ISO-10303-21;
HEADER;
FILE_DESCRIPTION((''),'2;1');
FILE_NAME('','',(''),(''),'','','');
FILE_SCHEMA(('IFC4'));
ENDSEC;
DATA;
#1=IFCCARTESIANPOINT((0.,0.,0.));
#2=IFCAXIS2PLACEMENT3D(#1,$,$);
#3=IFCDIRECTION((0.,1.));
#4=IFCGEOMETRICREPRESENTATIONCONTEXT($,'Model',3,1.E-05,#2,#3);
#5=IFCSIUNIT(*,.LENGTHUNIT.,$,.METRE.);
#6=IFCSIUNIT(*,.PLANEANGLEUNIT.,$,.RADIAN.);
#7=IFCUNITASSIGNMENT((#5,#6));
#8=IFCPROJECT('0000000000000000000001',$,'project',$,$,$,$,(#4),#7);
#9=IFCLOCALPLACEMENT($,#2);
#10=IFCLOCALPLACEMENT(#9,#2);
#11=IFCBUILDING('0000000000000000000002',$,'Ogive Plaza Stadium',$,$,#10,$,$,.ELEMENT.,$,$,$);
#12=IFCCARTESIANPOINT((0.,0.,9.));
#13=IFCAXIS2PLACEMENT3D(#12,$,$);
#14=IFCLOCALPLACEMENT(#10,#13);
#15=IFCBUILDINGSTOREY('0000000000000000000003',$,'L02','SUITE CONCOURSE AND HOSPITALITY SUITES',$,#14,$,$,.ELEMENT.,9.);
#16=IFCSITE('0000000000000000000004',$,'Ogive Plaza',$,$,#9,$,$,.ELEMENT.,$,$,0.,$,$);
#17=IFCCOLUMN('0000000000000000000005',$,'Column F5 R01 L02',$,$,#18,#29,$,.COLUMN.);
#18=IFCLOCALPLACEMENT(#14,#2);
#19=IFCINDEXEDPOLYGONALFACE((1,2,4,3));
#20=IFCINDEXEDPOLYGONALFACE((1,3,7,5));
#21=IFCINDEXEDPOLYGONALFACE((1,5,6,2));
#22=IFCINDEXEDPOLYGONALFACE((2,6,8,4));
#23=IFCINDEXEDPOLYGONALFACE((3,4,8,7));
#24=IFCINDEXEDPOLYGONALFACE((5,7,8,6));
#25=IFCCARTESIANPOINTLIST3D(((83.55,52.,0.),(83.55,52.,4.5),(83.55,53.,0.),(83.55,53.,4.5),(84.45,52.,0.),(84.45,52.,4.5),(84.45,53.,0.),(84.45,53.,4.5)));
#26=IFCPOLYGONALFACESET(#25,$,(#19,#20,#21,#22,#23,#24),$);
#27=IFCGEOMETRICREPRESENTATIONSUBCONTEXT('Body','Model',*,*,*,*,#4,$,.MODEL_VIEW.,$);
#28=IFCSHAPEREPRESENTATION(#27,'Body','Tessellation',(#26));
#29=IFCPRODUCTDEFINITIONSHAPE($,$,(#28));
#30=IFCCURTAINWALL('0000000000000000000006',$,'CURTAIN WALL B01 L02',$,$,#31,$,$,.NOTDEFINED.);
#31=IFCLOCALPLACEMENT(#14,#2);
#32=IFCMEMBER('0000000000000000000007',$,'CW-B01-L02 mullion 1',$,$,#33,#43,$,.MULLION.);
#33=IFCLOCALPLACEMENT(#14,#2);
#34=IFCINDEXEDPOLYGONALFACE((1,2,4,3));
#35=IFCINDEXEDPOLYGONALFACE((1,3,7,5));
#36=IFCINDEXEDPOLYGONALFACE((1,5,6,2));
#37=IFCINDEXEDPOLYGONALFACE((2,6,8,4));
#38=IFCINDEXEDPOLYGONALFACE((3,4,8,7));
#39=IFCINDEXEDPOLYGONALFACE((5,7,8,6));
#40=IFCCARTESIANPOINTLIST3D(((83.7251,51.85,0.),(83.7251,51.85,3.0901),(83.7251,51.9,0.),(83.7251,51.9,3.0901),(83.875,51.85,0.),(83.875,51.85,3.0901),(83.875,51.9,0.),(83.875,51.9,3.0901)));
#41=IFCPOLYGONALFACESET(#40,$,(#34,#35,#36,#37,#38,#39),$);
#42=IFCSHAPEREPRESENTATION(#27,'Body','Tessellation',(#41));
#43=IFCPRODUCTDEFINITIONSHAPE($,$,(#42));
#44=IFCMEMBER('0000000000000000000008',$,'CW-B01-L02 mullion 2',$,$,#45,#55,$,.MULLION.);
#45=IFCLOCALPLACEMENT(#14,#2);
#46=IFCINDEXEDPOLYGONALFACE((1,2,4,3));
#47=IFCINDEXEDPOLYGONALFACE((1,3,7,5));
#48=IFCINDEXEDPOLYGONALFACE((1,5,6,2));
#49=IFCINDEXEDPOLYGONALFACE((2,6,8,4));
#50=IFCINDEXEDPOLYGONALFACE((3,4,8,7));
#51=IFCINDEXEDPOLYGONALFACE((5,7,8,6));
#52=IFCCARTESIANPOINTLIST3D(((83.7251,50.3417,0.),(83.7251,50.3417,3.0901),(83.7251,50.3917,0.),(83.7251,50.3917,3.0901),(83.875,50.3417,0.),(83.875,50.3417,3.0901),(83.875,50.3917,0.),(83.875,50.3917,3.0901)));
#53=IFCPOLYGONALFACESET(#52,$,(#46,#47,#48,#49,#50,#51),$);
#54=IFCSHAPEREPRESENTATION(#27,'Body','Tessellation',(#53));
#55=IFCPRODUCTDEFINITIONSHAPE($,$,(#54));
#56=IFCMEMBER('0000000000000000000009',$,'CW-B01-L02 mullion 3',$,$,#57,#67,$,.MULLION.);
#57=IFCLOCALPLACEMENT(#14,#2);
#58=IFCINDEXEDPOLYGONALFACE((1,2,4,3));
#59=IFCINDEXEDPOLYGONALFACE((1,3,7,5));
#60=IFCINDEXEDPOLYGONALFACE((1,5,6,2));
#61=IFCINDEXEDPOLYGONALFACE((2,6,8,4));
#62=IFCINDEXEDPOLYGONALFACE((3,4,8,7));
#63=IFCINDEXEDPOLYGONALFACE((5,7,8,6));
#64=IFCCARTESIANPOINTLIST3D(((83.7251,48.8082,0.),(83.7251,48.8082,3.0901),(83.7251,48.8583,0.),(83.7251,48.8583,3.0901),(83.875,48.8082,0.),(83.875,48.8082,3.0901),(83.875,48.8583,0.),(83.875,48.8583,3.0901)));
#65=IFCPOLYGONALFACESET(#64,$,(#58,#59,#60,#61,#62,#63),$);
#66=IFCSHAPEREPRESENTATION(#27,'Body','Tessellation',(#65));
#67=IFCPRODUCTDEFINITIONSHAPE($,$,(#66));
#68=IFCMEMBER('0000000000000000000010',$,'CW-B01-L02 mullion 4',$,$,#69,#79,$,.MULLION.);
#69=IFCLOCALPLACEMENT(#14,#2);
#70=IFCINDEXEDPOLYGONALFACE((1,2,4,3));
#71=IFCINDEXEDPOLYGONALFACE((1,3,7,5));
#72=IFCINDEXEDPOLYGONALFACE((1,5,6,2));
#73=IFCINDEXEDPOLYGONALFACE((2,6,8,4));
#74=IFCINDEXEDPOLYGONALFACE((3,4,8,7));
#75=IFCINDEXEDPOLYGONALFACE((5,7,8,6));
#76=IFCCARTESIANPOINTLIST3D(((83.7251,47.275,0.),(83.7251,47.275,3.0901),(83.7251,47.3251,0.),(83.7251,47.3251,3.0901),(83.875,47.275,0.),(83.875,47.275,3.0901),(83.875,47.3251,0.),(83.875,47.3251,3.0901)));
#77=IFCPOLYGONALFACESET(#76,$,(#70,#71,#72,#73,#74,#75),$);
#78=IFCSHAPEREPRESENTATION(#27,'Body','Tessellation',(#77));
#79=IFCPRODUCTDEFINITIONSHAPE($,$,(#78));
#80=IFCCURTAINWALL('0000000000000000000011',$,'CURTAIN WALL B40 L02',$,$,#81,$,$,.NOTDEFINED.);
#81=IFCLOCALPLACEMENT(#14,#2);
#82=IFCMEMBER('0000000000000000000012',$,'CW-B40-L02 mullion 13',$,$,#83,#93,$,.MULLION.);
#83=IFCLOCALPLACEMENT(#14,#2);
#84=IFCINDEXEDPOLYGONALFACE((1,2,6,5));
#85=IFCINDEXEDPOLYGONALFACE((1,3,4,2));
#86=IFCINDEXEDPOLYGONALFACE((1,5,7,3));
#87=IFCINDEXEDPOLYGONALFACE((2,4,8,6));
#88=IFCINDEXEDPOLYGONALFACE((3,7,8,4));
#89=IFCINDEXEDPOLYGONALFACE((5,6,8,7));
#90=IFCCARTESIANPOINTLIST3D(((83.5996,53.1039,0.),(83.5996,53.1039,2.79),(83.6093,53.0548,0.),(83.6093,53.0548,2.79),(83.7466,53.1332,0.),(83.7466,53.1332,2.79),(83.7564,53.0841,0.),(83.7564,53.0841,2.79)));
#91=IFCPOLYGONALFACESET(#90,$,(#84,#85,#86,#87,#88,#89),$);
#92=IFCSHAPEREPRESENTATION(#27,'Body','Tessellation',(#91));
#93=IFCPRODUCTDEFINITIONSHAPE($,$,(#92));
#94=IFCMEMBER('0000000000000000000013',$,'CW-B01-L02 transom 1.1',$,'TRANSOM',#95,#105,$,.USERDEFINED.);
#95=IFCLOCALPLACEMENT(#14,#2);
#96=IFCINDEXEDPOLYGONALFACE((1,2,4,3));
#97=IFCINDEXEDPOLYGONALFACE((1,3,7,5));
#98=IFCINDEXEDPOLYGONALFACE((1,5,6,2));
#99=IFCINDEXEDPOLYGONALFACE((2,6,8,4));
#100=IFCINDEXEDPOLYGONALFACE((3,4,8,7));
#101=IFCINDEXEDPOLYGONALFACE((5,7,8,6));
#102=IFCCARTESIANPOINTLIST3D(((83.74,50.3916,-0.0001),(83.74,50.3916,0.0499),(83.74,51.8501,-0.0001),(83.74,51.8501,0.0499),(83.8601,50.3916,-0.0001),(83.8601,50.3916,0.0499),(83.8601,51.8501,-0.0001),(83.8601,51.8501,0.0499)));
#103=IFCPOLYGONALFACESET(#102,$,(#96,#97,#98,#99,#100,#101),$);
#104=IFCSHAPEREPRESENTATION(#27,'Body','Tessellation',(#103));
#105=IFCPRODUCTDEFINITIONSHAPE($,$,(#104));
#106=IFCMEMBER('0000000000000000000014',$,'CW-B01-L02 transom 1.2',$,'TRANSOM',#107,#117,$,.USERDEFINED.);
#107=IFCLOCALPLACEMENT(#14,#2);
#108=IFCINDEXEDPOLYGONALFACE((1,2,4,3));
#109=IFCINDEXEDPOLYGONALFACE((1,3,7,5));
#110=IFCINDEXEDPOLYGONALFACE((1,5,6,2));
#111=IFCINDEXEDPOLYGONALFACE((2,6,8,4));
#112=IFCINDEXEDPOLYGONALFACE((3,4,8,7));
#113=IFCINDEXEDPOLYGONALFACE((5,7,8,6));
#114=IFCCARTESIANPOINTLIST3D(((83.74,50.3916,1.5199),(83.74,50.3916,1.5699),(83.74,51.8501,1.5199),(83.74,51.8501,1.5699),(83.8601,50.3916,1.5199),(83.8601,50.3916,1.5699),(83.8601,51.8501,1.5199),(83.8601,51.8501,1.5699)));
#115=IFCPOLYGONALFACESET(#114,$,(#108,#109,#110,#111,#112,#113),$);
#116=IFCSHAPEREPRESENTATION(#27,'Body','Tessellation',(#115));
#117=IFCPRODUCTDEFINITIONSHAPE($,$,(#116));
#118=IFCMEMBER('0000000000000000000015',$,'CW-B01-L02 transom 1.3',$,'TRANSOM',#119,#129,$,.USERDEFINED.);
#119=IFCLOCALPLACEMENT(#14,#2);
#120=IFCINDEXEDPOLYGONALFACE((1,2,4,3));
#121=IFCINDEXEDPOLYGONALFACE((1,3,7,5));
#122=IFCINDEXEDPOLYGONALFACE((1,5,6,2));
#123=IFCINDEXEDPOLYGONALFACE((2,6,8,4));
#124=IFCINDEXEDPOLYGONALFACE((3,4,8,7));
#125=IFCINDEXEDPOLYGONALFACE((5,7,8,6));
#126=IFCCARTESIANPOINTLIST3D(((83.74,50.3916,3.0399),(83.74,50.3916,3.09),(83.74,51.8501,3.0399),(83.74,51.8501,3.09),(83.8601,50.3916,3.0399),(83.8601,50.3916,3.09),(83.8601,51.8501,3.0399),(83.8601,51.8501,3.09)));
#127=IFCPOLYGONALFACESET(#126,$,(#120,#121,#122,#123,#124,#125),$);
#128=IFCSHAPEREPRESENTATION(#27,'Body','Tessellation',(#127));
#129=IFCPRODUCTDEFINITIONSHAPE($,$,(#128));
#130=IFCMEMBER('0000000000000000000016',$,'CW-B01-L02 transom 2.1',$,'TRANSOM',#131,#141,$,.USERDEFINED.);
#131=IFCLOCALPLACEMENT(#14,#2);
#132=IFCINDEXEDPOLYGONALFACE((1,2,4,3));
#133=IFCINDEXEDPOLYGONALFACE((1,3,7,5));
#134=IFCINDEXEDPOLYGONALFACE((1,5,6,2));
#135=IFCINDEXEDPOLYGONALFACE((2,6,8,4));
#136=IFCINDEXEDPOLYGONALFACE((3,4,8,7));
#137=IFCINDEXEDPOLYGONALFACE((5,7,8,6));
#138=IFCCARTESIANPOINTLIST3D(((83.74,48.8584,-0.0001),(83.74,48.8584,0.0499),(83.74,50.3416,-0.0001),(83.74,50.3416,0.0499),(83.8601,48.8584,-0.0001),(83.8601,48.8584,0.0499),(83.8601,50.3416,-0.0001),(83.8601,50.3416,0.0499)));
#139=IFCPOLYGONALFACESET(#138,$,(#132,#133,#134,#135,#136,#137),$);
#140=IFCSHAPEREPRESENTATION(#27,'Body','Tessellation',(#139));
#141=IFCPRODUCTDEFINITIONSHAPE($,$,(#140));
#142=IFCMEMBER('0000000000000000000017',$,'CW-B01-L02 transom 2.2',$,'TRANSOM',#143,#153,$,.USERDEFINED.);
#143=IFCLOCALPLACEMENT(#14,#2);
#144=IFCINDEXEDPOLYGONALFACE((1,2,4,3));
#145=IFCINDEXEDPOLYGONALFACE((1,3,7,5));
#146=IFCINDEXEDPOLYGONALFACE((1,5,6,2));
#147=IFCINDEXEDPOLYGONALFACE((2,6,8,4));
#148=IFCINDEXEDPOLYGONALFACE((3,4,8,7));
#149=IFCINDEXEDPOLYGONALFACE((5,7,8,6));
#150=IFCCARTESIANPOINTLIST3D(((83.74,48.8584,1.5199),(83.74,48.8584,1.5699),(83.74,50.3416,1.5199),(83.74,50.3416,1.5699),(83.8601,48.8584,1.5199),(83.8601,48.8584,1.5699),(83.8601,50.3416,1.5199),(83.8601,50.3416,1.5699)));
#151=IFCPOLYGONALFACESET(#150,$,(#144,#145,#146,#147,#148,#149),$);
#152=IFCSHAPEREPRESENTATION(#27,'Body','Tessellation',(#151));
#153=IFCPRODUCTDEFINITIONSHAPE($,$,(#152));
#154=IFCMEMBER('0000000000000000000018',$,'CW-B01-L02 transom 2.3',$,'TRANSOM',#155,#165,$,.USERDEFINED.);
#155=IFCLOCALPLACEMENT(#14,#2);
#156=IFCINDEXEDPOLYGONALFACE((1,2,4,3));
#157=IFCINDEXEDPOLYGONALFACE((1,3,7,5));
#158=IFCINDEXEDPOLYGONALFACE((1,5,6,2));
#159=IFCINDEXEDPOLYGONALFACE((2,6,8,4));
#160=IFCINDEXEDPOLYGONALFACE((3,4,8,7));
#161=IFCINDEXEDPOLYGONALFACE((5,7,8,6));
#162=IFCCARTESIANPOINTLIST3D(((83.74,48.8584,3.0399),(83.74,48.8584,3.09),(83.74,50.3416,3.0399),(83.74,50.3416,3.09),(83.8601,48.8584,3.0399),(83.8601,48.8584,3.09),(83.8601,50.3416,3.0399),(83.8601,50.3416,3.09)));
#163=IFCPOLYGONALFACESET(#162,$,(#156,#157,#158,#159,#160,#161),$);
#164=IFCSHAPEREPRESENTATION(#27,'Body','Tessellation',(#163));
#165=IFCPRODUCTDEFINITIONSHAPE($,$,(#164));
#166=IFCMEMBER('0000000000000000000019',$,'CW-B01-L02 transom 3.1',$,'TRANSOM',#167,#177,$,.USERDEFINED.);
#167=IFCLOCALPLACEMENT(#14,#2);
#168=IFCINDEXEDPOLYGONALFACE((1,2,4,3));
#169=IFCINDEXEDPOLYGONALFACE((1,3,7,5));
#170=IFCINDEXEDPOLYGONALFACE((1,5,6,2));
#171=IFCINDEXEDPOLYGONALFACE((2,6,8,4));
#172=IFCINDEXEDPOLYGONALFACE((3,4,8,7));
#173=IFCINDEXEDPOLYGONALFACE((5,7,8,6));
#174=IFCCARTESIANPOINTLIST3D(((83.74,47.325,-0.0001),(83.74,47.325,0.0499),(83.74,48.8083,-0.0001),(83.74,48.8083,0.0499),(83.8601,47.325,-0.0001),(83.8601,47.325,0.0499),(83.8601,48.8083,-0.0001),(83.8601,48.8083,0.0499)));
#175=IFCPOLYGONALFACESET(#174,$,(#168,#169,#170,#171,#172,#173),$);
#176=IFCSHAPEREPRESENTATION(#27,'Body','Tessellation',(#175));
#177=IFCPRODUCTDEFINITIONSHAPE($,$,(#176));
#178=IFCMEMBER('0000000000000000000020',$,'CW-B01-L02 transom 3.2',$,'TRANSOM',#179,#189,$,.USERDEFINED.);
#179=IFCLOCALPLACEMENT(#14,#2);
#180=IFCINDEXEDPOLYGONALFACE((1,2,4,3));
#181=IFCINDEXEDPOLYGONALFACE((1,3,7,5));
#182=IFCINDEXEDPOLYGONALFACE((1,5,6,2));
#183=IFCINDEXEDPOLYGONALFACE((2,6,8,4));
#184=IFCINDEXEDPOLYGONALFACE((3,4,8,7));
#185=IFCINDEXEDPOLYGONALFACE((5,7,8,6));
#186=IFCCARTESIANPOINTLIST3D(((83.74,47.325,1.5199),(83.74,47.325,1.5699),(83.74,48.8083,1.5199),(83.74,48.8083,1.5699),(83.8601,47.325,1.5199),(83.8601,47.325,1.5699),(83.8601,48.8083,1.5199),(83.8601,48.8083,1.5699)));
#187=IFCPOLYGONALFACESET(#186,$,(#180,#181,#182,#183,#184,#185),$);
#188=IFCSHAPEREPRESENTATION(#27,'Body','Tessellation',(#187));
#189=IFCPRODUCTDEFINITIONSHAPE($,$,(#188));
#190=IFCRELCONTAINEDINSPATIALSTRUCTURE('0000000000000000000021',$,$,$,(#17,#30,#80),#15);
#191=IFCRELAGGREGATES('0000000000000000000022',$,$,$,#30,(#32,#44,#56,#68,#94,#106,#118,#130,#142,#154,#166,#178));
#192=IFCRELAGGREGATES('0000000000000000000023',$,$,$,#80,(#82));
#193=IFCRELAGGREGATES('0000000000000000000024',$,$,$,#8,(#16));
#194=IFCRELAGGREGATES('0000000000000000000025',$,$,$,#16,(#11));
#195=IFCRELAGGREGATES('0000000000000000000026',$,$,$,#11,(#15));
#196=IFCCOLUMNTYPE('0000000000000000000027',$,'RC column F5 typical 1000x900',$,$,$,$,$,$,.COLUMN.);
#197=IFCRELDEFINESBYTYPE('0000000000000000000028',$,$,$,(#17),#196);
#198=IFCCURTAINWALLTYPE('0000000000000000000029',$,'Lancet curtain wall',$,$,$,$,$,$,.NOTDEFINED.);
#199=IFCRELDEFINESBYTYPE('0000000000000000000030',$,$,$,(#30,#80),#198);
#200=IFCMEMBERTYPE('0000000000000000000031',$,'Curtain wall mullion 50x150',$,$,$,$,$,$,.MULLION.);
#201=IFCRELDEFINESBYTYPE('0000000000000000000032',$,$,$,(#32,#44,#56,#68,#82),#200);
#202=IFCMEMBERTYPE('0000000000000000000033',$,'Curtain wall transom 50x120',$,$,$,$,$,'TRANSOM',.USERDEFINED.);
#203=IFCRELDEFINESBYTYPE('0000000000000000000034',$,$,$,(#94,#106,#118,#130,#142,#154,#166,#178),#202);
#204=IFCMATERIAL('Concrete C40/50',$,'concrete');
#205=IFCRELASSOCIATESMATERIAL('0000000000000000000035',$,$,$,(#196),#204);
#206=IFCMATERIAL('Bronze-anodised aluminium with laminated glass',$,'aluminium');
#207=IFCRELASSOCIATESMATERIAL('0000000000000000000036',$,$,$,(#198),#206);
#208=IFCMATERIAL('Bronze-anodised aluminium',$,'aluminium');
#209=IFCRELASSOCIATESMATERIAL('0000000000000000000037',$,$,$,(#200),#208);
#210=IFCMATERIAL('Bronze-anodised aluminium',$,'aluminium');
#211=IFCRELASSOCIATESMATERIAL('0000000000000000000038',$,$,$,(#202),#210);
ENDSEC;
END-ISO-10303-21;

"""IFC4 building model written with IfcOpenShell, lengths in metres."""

from ifc_helpers import new_model, si_unit, direction, frame, origin, origin_2d, place, context, subcontext, project, spatial, rectangle, extrude, material, material_profile, profile_set, type_object, element, aggregate, save


model = new_model("IFC4")

# Units and contexts
model_context = context("Model", 3, precision=1e-05, world=origin(), true_north=direction((0.0, 1.0)))
body_context = subcontext(model_context, "Body", "Model", "MODEL_VIEW")
ifc_project = project(units=[si_unit("LENGTHUNIT", "METRE"), si_unit("PLANEANGLEUNIT", "RADIAN")], contexts=[model_context])

# Site, building, storey
site_placement = place(None, origin())
site = spatial("IfcSite", under=ifc_project, at=site_placement, Name="Ogive Plaza", CompositionType="ELEMENT", RefElevation=0.0)
building_placement = place(site_placement, origin())
building = spatial("IfcBuilding", under=site, at=building_placement, Name="Ogive Plaza Stadium", CompositionType="ELEMENT")
storey_placement = place(building_placement, frame((0.0, 0.0, 9.0)))
storey = spatial("IfcBuildingStorey", under=building, at=storey_placement, Name="L02", Description="SUITE CONCOURSE AND HOSPITALITY SUITES", CompositionType="ELEMENT", Elevation=9.0)

# Column
ifc_material_1 = material(Name="Concrete C40/50", Category="concrete")
ifc_material_profile_1 = material_profile(ifc_material_1, rectangle(XDim=1.0, YDim=0.8999, at=origin_2d()), Name="RC 1000x900")
ifc_profile_set_1 = profile_set([ifc_material_profile_1], Name="Concrete C40/50")
column_type = type_object("IfcColumnType", Name="RC column F5 typical 1000x900", PredefinedType="COLUMN", material=ifc_profile_set_1)
column_placement = place(storey_placement, frame((84.0, 52.5, 0.0), z_axis=(0.0, 0.0, 1.0), x_axis=(0.0, 1.0, 0.0)))
element("IfcColumn", 1, at=column_placement, inside=storey, type_object=column_type, Name="Column F5 R01 L02", PredefinedType="COLUMN", context=body_context, shape_type="SweptSolid", body=[
    extrude(rectangle(XDim=1.0, YDim=0.8999, at=origin_2d()), origin(), (0.0, 0.0, 1.0), 4.5),
])

# Curtain wall, members
ifc_material_2 = material(Name="Bronze-anodised aluminium with laminated glass", Category="aluminium")
curtain_wall_type = type_object("IfcCurtainWallType", Name="Lancet curtain wall", PredefinedType="NOTDEFINED", material=ifc_material_2)
curtain_wall_1_placement = place(storey_placement, origin())
curtain_wall_1 = element("IfcCurtainWall", 2, at=curtain_wall_1_placement, inside=storey, type_object=curtain_wall_type, Name="CURTAIN WALL B01 L02", PredefinedType="NOTDEFINED")
ifc_material_3 = material(Name="Bronze-anodised aluminium", Category="aluminium")
ifc_material_profile_2 = material_profile(ifc_material_3, rectangle(XDim=0.1499, YDim=0.05, at=origin_2d()), Name="AL 150x50")
ifc_profile_set_2 = profile_set([ifc_material_profile_2], Name="Bronze-anodised aluminium")
member_type_1 = type_object("IfcMemberType", Name="Curtain wall mullion 50x150", PredefinedType="MULLION", material=ifc_profile_set_2)
member_1_placement = place(storey_placement, frame((83.8, 51.875, 0.0), z_axis=(0.0, 0.0, 1.0), x_axis=(1.0, 0.0, 0.0)))
member_1 = element("IfcMember", 3, at=member_1_placement, type_object=member_type_1, Name="CW-B01-L02 mullion 1", PredefinedType="MULLION", context=body_context, shape_type="SweptSolid", body=[
    extrude(rectangle(XDim=0.1499, YDim=0.05, at=origin_2d()), origin(), (0.0, 0.0, 1.0), 3.0901),
])
member_2_placement = place(storey_placement, frame((83.8, 50.3667, 0.0), z_axis=(0.0, 0.0, 1.0), x_axis=(1.0, 0.0, 0.0)))
member_2 = element("IfcMember", 4, at=member_2_placement, type_object=member_type_1, Name="CW-B01-L02 mullion 2", PredefinedType="MULLION", context=body_context, shape_type="SweptSolid", body=[
    extrude(rectangle(XDim=0.1499, YDim=0.05, at=origin_2d()), origin(), (0.0, 0.0, 1.0), 3.0901),
])
member_3_placement = place(storey_placement, frame((83.8, 48.8333, 0.0), z_axis=(0.0, 0.0, 1.0), x_axis=(1.0, 0.0, 0.0)))
member_3 = element("IfcMember", 5, at=member_3_placement, type_object=member_type_1, Name="CW-B01-L02 mullion 3", PredefinedType="MULLION", context=body_context, shape_type="SweptSolid", body=[
    extrude(rectangle(XDim=0.1499, YDim=0.05, at=origin_2d()), origin(), (0.0, 0.0, 1.0), 3.0901),
])
member_4_placement = place(storey_placement, frame((83.8, 47.3, 0.0), z_axis=(0.0, 0.0, 1.0), x_axis=(1.0, 0.0, 0.0)))
member_4 = element("IfcMember", 6, at=member_4_placement, type_object=member_type_1, Name="CW-B01-L02 mullion 4", PredefinedType="MULLION", context=body_context, shape_type="SweptSolid", body=[
    extrude(rectangle(XDim=0.1499, YDim=0.05, at=origin_2d()), origin(), (0.0, 0.0, 1.0), 3.0901),
])

# Curtain wall, member
curtain_wall_2_placement = place(storey_placement, origin())
curtain_wall_2 = element("IfcCurtainWall", 7, at=curtain_wall_2_placement, inside=storey, type_object=curtain_wall_type, Name="CURTAIN WALL B40 L02", PredefinedType="NOTDEFINED")
member_5_placement = place(storey_placement, frame((83.678, 53.094, 0.0), z_axis=(0.0, 0.0, 1.0), x_axis=(0.980785, 0.19509, 0.0)))
member_5 = element("IfcMember", 8, at=member_5_placement, type_object=member_type_1, Name="CW-B40-L02 mullion 13", PredefinedType="MULLION", context=body_context, shape_type="SweptSolid", body=[
    extrude(rectangle(XDim=0.1499, YDim=0.05, at=origin_2d()), origin(), (0.0, 0.0, 1.0), 2.79),
])

# Members
ifc_material_4 = material(Name="Bronze-anodised aluminium", Category="aluminium")
ifc_material_profile_3 = material_profile(ifc_material_4, rectangle(XDim=0.1201, YDim=0.05, at=origin_2d()), Name="AL 120x50")
ifc_profile_set_3 = profile_set([ifc_material_profile_3], Name="Bronze-anodised aluminium")
member_type_2 = type_object("IfcMemberType", Name="Curtain wall transom 50x120", ElementType="TRANSOM", PredefinedType="USERDEFINED", material=ifc_profile_set_3)
member_6_placement = place(storey_placement, frame((83.8, 51.8501, 0.0249), z_axis=(0.0, -1.0, 0.0), x_axis=(1.0, 0.0, 0.0)))
member_6 = element("IfcMember", 9, at=member_6_placement, type_object=member_type_2, Name="CW-B01-L02 transom 1.1", ObjectType="TRANSOM", PredefinedType="USERDEFINED", context=body_context, shape_type="SweptSolid", body=[
    extrude(rectangle(XDim=0.1201, YDim=0.05, at=origin_2d()), origin(), (0.0, 0.0, 1.0), 1.4585),
])
member_7_placement = place(storey_placement, frame((83.8, 51.8501, 1.5449), z_axis=(0.0, -1.0, 0.0), x_axis=(1.0, 0.0, 0.0)))
member_7 = element("IfcMember", 10, at=member_7_placement, type_object=member_type_2, Name="CW-B01-L02 transom 1.2", ObjectType="TRANSOM", PredefinedType="USERDEFINED", context=body_context, shape_type="SweptSolid", body=[
    extrude(rectangle(XDim=0.1201, YDim=0.05, at=origin_2d()), origin(), (0.0, 0.0, 1.0), 1.4585),
])
member_8_placement = place(storey_placement, frame((83.8, 51.8501, 3.0649), z_axis=(0.0, -1.0, 0.0), x_axis=(1.0, 0.0, 0.0)))
member_8 = element("IfcMember", 11, at=member_8_placement, type_object=member_type_2, Name="CW-B01-L02 transom 1.3", ObjectType="TRANSOM", PredefinedType="USERDEFINED", context=body_context, shape_type="SweptSolid", body=[
    extrude(rectangle(XDim=0.1201, YDim=0.05, at=origin_2d()), origin(), (0.0, 0.0, 1.0), 1.4585),
])
member_9_placement = place(storey_placement, frame((83.8, 50.3416, 0.0249), z_axis=(0.0, -1.0, 0.0), x_axis=(1.0, 0.0, 0.0)))
member_9 = element("IfcMember", 12, at=member_9_placement, type_object=member_type_2, Name="CW-B01-L02 transom 2.1", ObjectType="TRANSOM", PredefinedType="USERDEFINED", context=body_context, shape_type="SweptSolid", body=[
    extrude(rectangle(XDim=0.1201, YDim=0.05, at=origin_2d()), origin(), (0.0, 0.0, 1.0), 1.4832),
])
member_10_placement = place(storey_placement, frame((83.8, 50.3416, 1.5449), z_axis=(0.0, -1.0, 0.0), x_axis=(1.0, 0.0, 0.0)))
member_10 = element("IfcMember", 13, at=member_10_placement, type_object=member_type_2, Name="CW-B01-L02 transom 2.2", ObjectType="TRANSOM", PredefinedType="USERDEFINED", context=body_context, shape_type="SweptSolid", body=[
    extrude(rectangle(XDim=0.1201, YDim=0.05, at=origin_2d()), origin(), (0.0, 0.0, 1.0), 1.4832),
])
member_11_placement = place(storey_placement, frame((83.8, 50.3416, 3.0649), z_axis=(0.0, -1.0, 0.0), x_axis=(1.0, 0.0, 0.0)))
member_11 = element("IfcMember", 14, at=member_11_placement, type_object=member_type_2, Name="CW-B01-L02 transom 2.3", ObjectType="TRANSOM", PredefinedType="USERDEFINED", context=body_context, shape_type="SweptSolid", body=[
    extrude(rectangle(XDim=0.1201, YDim=0.05, at=origin_2d()), origin(), (0.0, 0.0, 1.0), 1.4832),
])
member_12_placement = place(storey_placement, frame((83.8, 48.8083, 0.0249), z_axis=(0.0, -1.0, 0.0), x_axis=(1.0, 0.0, 0.0)))
member_12 = element("IfcMember", 15, at=member_12_placement, type_object=member_type_2, Name="CW-B01-L02 transom 3.1", ObjectType="TRANSOM", PredefinedType="USERDEFINED", context=body_context, shape_type="SweptSolid", body=[
    extrude(rectangle(XDim=0.1201, YDim=0.05, at=origin_2d()), origin(), (0.0, 0.0, 1.0), 1.4834),
])
member_13_placement = place(storey_placement, frame((83.8, 48.8083, 1.5449), z_axis=(0.0, -1.0, 0.0), x_axis=(1.0, 0.0, 0.0)))
member_13 = element("IfcMember", 16, at=member_13_placement, type_object=member_type_2, Name="CW-B01-L02 transom 3.2", ObjectType="TRANSOM", PredefinedType="USERDEFINED", context=body_context, shape_type="SweptSolid", body=[
    extrude(rectangle(XDim=0.1201, YDim=0.05, at=origin_2d()), origin(), (0.0, 0.0, 1.0), 1.4834),
])

aggregate(curtain_wall_1, [member_1, member_2, member_3, member_4, member_6, member_7, member_8, member_9, member_10, member_11, member_12, member_13])
aggregate(curtain_wall_2, [member_5])

save(model, "model.ifc")
